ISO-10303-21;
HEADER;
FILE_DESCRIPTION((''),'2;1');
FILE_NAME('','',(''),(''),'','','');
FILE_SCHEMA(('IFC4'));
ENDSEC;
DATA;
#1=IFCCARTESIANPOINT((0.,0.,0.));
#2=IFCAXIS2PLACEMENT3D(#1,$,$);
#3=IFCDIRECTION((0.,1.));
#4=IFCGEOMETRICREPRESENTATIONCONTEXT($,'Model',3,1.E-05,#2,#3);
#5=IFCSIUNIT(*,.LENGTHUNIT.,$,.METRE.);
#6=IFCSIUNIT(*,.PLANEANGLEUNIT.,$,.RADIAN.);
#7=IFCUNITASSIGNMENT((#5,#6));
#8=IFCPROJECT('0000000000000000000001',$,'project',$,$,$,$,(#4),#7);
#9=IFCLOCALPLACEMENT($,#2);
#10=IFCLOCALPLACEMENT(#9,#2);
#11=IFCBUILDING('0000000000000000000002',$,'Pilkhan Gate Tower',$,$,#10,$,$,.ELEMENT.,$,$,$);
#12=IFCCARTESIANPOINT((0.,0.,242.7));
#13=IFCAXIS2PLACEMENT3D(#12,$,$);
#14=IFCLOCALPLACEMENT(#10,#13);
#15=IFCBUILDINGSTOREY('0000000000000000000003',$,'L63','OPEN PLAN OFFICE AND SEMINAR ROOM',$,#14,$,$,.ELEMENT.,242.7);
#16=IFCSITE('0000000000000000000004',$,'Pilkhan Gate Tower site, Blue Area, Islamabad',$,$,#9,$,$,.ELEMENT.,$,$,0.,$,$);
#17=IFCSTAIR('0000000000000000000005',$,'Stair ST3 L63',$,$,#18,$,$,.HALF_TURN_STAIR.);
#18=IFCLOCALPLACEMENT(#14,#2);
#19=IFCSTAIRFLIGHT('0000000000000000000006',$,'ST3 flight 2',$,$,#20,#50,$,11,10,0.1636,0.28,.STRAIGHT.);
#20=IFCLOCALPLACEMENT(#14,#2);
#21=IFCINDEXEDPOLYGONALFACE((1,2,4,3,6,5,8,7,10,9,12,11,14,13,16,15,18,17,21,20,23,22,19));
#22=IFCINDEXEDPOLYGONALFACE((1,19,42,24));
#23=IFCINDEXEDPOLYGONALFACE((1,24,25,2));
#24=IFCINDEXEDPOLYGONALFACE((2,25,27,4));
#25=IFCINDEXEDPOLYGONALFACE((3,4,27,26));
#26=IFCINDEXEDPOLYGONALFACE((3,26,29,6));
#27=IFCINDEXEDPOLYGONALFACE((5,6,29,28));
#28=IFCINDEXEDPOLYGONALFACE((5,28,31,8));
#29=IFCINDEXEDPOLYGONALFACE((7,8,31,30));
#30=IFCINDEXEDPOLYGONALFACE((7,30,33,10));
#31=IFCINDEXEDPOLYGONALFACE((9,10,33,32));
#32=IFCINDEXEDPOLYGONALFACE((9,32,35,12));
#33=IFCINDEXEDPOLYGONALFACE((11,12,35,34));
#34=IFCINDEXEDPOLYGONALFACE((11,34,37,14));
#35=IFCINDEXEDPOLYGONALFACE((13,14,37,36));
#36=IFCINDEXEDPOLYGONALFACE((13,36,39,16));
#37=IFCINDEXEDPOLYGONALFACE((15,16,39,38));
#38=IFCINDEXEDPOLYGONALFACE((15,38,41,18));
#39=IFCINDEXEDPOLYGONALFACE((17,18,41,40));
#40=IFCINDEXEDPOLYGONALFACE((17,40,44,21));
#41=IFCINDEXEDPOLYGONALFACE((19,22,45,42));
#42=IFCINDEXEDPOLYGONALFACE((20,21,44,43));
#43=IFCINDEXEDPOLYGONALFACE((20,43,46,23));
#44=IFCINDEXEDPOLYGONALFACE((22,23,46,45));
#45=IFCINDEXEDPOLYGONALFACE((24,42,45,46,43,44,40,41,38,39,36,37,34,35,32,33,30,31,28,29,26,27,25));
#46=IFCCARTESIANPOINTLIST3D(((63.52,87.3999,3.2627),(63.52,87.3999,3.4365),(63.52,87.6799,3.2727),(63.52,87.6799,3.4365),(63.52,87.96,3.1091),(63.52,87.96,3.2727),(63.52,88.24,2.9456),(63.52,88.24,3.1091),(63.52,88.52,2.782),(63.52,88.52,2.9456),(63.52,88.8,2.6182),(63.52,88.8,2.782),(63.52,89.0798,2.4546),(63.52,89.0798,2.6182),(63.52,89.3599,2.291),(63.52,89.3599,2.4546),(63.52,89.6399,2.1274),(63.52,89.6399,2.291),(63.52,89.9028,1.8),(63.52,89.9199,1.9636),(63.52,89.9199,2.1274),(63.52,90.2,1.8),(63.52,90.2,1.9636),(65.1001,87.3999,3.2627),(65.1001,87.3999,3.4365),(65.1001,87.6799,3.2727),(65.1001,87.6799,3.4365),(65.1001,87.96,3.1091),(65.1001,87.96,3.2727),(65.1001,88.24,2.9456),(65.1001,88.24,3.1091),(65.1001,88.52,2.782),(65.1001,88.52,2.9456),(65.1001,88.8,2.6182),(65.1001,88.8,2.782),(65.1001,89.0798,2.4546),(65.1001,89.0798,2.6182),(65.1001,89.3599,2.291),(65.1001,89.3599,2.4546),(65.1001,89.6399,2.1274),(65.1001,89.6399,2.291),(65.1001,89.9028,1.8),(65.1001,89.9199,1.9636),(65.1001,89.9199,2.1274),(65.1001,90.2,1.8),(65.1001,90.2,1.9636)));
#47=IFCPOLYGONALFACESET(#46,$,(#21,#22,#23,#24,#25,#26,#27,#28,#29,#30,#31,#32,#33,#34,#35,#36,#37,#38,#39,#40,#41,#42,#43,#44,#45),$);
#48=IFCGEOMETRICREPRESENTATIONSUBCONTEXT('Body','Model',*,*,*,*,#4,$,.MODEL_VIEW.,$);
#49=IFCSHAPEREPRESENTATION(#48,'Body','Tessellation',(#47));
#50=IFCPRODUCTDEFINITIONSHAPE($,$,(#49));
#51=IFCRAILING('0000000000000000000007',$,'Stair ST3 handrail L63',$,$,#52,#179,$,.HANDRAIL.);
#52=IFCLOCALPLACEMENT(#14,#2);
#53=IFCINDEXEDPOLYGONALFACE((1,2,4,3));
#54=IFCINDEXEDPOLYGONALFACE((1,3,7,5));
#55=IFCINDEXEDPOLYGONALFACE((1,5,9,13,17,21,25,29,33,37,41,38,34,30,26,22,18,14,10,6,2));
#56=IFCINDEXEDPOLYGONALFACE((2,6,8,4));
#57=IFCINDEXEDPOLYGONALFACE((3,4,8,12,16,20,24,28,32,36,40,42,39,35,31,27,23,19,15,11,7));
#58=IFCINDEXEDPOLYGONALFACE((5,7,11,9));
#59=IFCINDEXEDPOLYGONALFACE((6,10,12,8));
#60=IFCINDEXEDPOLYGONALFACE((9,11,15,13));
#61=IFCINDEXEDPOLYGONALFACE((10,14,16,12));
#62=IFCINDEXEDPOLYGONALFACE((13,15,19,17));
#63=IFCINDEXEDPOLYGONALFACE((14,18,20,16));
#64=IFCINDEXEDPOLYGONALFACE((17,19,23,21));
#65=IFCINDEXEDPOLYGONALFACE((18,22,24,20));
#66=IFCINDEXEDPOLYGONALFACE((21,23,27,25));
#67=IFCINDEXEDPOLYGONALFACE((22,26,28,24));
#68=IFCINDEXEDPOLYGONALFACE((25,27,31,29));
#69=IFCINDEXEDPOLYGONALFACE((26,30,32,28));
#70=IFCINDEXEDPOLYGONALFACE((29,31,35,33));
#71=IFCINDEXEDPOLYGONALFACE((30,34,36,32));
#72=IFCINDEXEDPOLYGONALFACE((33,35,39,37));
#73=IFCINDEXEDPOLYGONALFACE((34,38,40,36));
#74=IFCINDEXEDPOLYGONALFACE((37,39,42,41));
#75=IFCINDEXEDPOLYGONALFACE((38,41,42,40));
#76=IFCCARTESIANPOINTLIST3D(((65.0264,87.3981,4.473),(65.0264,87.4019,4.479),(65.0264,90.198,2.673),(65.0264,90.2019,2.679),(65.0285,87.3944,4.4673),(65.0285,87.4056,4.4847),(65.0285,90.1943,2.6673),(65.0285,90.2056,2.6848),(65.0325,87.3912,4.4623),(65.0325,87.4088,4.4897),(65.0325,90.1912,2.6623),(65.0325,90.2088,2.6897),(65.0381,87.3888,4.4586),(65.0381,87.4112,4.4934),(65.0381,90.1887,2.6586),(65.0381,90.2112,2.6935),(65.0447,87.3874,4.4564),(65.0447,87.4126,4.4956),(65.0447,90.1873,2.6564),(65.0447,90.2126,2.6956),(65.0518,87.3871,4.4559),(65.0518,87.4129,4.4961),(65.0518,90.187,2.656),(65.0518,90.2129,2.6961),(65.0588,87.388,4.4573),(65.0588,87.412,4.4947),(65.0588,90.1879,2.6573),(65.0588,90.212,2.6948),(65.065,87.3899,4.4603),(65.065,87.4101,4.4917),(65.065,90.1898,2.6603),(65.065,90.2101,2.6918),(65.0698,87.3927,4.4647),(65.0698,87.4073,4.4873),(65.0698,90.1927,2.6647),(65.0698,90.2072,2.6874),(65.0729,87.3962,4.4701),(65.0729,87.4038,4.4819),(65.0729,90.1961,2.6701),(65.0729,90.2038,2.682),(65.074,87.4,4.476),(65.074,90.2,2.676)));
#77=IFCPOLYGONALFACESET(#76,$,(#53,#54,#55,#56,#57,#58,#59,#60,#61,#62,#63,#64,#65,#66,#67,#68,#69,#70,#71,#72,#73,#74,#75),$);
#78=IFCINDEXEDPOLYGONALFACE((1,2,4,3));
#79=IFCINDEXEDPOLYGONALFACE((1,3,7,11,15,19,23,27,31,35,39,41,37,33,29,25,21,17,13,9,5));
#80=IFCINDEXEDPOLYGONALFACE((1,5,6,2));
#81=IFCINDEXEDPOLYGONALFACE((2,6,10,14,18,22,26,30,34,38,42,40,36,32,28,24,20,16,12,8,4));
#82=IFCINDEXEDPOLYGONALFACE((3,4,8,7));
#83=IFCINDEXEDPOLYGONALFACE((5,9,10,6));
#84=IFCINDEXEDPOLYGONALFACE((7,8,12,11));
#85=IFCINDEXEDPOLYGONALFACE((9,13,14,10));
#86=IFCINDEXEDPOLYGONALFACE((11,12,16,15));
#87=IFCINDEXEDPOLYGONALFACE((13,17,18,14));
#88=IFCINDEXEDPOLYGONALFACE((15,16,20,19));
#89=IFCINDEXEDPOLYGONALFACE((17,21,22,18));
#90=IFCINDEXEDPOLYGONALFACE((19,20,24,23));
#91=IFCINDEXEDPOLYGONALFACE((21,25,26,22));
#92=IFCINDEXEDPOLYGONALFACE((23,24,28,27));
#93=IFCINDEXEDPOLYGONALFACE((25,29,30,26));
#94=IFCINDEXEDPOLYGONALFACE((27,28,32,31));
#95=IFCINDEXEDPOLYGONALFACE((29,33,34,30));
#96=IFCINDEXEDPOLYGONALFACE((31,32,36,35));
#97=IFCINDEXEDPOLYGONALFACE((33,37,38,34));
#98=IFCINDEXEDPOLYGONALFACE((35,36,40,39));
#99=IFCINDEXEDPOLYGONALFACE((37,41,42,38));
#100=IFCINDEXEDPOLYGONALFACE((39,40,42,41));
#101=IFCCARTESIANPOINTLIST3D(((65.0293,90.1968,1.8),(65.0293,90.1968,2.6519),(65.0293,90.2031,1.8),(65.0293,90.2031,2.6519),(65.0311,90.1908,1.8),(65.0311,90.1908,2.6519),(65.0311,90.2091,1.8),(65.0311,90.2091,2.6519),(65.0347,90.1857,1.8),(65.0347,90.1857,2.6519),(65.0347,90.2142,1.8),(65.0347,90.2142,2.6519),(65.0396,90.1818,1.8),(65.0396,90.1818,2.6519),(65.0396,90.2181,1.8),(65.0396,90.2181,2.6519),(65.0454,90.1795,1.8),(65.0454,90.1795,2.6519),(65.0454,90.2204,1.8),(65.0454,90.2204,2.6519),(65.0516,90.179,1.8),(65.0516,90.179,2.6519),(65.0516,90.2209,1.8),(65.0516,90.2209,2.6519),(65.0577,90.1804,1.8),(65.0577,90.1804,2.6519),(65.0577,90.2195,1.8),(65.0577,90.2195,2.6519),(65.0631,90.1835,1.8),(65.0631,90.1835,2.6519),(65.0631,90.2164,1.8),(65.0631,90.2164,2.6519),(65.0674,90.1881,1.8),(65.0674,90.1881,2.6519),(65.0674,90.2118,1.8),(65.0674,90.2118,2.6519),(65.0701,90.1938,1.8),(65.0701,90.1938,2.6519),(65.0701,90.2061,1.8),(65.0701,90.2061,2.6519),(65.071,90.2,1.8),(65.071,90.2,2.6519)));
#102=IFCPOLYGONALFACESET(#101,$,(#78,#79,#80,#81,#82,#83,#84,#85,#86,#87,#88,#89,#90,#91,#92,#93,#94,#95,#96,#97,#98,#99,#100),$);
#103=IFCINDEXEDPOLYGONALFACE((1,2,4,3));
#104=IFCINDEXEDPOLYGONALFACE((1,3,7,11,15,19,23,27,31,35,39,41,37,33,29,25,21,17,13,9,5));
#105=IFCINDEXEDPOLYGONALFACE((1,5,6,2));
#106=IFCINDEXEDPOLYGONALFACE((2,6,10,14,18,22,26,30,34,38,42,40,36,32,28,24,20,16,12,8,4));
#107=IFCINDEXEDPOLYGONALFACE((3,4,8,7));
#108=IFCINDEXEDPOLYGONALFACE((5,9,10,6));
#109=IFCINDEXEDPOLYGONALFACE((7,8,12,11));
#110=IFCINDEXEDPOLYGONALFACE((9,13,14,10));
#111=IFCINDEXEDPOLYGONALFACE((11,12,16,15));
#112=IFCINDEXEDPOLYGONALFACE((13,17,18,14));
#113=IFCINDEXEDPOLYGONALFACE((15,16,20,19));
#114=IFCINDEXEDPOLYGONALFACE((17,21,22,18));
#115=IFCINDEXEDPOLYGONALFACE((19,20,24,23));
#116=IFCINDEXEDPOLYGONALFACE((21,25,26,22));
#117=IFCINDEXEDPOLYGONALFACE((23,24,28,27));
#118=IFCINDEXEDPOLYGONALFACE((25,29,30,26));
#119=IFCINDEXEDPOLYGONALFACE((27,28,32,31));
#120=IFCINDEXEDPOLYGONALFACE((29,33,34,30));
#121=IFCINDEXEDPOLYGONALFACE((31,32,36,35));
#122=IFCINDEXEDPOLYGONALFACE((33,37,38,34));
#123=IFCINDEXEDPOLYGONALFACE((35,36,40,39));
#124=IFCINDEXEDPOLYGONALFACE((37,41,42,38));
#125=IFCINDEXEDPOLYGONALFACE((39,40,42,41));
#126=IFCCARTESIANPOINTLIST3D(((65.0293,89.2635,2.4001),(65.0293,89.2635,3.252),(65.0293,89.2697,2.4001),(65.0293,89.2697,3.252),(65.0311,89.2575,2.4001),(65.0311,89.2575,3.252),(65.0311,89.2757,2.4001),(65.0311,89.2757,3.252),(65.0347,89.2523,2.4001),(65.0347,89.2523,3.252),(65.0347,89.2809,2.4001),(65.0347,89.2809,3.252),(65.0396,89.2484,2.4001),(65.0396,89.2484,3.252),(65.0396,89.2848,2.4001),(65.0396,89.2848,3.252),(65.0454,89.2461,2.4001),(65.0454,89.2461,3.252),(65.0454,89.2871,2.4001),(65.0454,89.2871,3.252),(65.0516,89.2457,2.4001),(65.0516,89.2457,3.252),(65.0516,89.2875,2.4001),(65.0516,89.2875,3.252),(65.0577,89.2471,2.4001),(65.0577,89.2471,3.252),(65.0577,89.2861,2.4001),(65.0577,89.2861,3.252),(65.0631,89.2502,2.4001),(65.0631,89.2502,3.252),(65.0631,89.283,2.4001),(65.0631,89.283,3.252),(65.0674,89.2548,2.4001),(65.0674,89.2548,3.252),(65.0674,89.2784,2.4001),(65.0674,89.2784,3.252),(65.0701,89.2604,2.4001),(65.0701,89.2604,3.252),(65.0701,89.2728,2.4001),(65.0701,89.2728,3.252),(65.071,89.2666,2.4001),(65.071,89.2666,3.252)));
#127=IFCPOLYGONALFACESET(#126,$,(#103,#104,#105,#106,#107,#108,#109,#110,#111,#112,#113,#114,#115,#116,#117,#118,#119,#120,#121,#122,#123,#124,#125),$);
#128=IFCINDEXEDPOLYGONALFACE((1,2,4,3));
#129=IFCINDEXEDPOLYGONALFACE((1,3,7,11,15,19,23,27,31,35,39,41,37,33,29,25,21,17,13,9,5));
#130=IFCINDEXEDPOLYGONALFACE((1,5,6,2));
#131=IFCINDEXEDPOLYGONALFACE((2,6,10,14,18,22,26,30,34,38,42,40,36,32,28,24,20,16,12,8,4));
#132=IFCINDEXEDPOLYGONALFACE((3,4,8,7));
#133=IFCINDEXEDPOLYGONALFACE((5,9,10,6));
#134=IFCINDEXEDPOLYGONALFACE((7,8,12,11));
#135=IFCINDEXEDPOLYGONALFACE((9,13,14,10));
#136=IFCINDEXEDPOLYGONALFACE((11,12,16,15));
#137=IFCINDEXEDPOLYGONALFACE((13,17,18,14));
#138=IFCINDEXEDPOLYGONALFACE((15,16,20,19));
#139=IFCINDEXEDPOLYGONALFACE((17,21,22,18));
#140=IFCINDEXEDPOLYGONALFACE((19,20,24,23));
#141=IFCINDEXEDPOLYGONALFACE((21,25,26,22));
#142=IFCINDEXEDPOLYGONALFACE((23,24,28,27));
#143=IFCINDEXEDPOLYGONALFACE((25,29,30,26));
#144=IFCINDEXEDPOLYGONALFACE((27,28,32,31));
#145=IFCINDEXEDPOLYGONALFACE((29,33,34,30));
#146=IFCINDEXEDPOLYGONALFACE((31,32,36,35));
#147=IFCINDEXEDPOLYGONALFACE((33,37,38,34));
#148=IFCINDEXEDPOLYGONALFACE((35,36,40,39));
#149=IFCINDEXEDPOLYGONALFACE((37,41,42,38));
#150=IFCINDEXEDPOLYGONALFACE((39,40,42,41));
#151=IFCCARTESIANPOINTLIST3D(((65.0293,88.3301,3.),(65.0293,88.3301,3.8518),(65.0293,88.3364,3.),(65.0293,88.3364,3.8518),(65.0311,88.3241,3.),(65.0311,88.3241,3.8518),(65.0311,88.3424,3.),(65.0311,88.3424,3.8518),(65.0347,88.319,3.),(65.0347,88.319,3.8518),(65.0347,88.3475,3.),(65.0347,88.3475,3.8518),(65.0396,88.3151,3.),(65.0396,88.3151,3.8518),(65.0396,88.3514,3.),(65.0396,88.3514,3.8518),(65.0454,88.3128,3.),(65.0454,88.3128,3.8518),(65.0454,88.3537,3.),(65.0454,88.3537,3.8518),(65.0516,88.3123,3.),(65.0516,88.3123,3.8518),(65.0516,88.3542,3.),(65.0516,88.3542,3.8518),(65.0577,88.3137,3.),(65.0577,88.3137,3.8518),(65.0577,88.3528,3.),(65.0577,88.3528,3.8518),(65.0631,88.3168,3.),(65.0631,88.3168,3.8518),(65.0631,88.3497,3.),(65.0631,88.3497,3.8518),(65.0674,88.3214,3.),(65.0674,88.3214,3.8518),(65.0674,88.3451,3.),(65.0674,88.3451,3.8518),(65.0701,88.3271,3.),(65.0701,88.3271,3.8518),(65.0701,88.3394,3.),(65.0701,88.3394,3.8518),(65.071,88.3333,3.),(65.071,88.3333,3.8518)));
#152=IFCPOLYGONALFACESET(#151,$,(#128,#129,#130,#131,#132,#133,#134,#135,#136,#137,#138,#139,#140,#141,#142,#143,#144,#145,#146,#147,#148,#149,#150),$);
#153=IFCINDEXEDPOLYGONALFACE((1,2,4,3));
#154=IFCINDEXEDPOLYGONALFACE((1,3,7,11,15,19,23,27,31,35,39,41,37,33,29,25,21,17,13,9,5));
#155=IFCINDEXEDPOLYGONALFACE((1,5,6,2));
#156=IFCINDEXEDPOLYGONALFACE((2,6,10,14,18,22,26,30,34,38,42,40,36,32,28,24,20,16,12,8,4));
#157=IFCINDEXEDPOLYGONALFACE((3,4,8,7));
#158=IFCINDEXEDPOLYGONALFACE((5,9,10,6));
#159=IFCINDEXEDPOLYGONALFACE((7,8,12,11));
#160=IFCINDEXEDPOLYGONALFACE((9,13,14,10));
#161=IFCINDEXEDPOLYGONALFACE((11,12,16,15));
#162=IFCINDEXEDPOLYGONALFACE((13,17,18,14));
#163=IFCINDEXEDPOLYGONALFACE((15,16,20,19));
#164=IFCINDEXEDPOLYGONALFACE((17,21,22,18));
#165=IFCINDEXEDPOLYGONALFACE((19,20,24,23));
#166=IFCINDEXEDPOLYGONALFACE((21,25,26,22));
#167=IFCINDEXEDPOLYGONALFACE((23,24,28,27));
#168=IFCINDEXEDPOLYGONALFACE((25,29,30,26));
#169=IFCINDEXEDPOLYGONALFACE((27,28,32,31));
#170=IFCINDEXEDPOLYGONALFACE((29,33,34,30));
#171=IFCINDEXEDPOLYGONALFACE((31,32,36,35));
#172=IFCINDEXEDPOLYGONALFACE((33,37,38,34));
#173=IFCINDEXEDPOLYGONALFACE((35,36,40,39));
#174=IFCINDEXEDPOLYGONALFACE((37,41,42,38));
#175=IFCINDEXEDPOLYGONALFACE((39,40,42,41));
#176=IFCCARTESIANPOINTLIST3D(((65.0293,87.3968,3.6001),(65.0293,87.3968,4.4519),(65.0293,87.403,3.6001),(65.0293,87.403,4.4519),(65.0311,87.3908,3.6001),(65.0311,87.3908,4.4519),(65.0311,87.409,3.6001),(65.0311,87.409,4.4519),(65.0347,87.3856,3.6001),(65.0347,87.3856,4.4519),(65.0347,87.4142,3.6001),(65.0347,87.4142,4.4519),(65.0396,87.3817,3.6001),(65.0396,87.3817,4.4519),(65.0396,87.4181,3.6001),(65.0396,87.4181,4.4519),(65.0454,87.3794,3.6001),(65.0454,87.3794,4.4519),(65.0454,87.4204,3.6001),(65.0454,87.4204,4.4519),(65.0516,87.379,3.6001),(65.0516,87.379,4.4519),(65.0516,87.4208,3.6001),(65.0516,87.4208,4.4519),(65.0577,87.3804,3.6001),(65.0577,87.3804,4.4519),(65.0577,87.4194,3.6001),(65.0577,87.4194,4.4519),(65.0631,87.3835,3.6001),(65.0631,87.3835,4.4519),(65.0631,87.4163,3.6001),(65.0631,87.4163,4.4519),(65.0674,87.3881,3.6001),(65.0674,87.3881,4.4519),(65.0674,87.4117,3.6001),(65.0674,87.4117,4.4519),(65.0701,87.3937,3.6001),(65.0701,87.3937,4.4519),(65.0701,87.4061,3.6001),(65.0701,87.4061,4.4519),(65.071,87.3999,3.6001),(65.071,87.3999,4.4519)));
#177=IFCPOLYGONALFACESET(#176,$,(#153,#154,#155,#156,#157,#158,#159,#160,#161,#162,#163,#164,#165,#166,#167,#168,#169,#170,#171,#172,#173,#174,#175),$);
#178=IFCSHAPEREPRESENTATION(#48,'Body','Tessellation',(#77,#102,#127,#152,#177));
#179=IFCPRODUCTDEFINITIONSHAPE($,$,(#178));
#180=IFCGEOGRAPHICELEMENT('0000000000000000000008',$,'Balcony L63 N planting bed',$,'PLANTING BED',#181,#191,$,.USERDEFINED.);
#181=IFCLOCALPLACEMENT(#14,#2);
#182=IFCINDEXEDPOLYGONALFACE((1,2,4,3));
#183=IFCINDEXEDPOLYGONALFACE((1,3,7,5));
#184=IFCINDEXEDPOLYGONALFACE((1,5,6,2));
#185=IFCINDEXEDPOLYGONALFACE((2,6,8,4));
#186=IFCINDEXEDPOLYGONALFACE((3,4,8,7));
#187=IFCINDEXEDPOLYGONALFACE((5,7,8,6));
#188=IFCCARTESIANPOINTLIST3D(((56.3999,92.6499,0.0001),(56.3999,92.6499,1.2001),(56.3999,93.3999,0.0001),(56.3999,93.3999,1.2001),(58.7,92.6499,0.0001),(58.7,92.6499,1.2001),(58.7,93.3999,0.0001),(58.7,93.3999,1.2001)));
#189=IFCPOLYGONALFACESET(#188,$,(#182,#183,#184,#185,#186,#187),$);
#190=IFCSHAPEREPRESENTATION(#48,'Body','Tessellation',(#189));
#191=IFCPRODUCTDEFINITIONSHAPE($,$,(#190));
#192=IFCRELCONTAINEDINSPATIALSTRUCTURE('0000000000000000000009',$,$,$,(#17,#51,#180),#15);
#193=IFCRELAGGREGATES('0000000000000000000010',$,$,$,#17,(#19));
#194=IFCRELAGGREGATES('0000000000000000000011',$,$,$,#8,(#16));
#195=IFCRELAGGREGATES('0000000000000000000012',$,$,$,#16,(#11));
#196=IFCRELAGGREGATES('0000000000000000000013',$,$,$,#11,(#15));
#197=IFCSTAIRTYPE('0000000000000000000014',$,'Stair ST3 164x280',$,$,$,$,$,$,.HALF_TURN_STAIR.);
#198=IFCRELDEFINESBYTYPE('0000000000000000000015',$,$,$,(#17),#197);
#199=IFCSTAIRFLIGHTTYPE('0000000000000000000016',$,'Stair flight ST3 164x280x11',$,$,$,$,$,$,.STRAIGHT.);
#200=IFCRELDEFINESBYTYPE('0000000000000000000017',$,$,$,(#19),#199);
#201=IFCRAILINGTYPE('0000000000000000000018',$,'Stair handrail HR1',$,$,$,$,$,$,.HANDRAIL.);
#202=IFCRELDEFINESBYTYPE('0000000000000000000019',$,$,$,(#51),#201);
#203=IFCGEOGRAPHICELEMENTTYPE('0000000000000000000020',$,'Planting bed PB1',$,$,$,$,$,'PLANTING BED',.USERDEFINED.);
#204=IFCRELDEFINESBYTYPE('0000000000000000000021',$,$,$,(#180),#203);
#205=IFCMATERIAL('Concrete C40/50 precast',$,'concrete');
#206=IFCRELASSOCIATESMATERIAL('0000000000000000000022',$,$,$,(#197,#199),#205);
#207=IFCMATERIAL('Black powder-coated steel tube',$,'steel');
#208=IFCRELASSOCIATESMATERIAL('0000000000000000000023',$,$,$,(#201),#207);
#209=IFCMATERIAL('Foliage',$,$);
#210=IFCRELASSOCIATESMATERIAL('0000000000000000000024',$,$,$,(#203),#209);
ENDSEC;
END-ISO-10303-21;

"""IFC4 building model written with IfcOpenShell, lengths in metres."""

from ifc_helpers import new_model, si_unit, direction, frame, origin, origin_2d, place, context, subcontext, project, spatial, polyline, rectangle, circle, outline, extrude, material, material_profile, profile_set, type_object, element, aggregate, save


model = new_model("IFC4")

# Units and contexts
model_context = context("Model", 3, precision=1e-05, world=origin(), true_north=direction((0.0, 1.0)))
body_context = subcontext(model_context, "Body", "Model", "MODEL_VIEW")
ifc_project = project(units=[si_unit("LENGTHUNIT", "METRE"), si_unit("PLANEANGLEUNIT", "RADIAN")], contexts=[model_context])

# Site, building, storey
site_placement = place(None, origin())
site = spatial("IfcSite", under=ifc_project, at=site_placement, Name="Pilkhan Gate Tower site, Blue Area, Islamabad", CompositionType="ELEMENT", RefElevation=0.0)
building_placement = place(site_placement, origin())
building = spatial("IfcBuilding", under=site, at=building_placement, Name="Pilkhan Gate Tower", CompositionType="ELEMENT")
storey_placement = place(building_placement, frame((0.0, 0.0, 242.7)))
storey = spatial("IfcBuildingStorey", under=building, at=storey_placement, Name="L63", Description="OPEN PLAN OFFICE AND SEMINAR ROOM", CompositionType="ELEMENT", Elevation=242.7)

# Stair, stair flight
ifc_material_1 = material(Name="Concrete C40/50 precast", Category="concrete")
stair_type = type_object("IfcStairType", Name="Stair ST3 164x280", PredefinedType="HALF_TURN_STAIR", material=ifc_material_1)
stair_placement = place(storey_placement, origin())
stair = element("IfcStair", 1, at=stair_placement, inside=storey, type_object=stair_type, Name="Stair ST3 L63", PredefinedType="HALF_TURN_STAIR")
stair_flight_type = type_object("IfcStairFlightType", Name="Stair flight ST3 164x280x11", PredefinedType="STRAIGHT", material=ifc_material_1)
stair_flight_placement = place(storey_placement, frame((64.3101, 90.2, 1.8), z_axis=(0.0, 0.0, 1.0), x_axis=(0.0, -1.0, 0.0)))
stair_flight = element("IfcStairFlight", 2, at=stair_flight_placement, type_object=stair_flight_type, Name="ST3 flight 2", NumberOfRisers=11, NumberOfTreads=10, PredefinedType="STRAIGHT", RiserHeight=0.1636, TreadLength=0.28, context=body_context, shape_type="SweptSolid", body=[
    extrude(outline(polyline([(0.0, 0.0), (0.0, 0.1636), (0.28, 0.1636), (0.28, 0.3274), (0.5601, 0.3274), (0.5601, 0.491), (0.8401, 0.491), (0.8401, 0.6545), (1.1201, 0.6545), (1.1201, 0.8181), (1.3999, 0.8181), (1.3999, 0.9819), (1.6799, 0.9819), (1.6799, 1.1455), (1.96, 1.1455), (1.96, 1.3091), (2.24, 1.3091), (2.24, 1.4727), (2.52, 1.4727), (2.52, 1.6365), (2.8, 1.6365), (2.8, 1.8), (2.8, 1.4626), (0.2971, 0.0), (0.0, 0.0)])), frame((0.0, 0.79, 0.0), z_axis=(0.0, -1.0, 0.0), x_axis=(1.0, 0.0, 0.0)), (0.0, 0.0, 1.0), 1.5801),
])
aggregate(stair, [stair_flight])

# Railing
ifc_material_2 = material(Name="Black powder-coated steel tube", Category="steel")
railing_type_1 = type_object("IfcRailingType", Name="Stair handrail HR1", PredefinedType="HANDRAIL", material=ifc_material_2)
railing_1_placement = place(storey_placement, frame((65.05, 90.2, 1.8)))
element("IfcRailing", 3, at=railing_1_placement, inside=storey, type_object=railing_type_1, Name="Stair ST3 handrail L63", PredefinedType="HANDRAIL", context=body_context, shape_type="SweptSolid", body=[
    extrude(circle(Radius=0.0239, at=origin_2d()), frame((0.0, 0.0, 0.876), z_axis=(0.0, -0.841176, 0.540761), x_axis=(1.0, 0.0, 0.0)), (0.0, 0.0, 1.0), 3.3286),
    extrude(circle(Radius=0.021, at=origin_2d()), origin(), (0.0, 0.0, 1.0), 0.8518),
    extrude(circle(Radius=0.021, at=origin_2d()), frame((0.0, -0.9333, 0.6001)), (0.0, 0.0, 1.0), 0.8518),
    extrude(circle(Radius=0.021, at=origin_2d()), frame((0.0, -1.8667, 1.2)), (0.0, 0.0, 1.0), 0.8518),
    extrude(circle(Radius=0.021, at=origin_2d()), frame((0.0, -2.8, 1.8)), (0.0, 0.0, 1.0), 0.8518),
])

# Geographic element
ifc_material_3 = material(Name="Foliage")
ifc_material_profile_1 = material_profile(ifc_material_3, rectangle(XDim=0.75, YDim=1.2, at=origin_2d()), Name="Bed 750x1200")
ifc_profile_set_1 = profile_set([ifc_material_profile_1], Name="Foliage")
geographic_element_type_1 = type_object("IfcGeographicElementType", Name="Planting bed PB1", ElementType="PLANTING BED", PredefinedType="USERDEFINED", material=ifc_profile_set_1)
geographic_element_1_placement = place(storey_placement, frame((56.3999, 93.0249, 0.6001), z_axis=(1.0, 0.0, 0.0), x_axis=(0.0, 1.0, 0.0)))
element("IfcGeographicElement", 4, at=geographic_element_1_placement, inside=storey, type_object=geographic_element_type_1, Name="Balcony L63 N planting bed", ObjectType="PLANTING BED", PredefinedType="USERDEFINED", context=body_context, shape_type="SweptSolid", body=[
    extrude(rectangle(XDim=0.75, YDim=1.2, at=origin_2d()), origin(), (0.0, 0.0, 1.0), 2.3),
])

save(model, "model.ifc")
